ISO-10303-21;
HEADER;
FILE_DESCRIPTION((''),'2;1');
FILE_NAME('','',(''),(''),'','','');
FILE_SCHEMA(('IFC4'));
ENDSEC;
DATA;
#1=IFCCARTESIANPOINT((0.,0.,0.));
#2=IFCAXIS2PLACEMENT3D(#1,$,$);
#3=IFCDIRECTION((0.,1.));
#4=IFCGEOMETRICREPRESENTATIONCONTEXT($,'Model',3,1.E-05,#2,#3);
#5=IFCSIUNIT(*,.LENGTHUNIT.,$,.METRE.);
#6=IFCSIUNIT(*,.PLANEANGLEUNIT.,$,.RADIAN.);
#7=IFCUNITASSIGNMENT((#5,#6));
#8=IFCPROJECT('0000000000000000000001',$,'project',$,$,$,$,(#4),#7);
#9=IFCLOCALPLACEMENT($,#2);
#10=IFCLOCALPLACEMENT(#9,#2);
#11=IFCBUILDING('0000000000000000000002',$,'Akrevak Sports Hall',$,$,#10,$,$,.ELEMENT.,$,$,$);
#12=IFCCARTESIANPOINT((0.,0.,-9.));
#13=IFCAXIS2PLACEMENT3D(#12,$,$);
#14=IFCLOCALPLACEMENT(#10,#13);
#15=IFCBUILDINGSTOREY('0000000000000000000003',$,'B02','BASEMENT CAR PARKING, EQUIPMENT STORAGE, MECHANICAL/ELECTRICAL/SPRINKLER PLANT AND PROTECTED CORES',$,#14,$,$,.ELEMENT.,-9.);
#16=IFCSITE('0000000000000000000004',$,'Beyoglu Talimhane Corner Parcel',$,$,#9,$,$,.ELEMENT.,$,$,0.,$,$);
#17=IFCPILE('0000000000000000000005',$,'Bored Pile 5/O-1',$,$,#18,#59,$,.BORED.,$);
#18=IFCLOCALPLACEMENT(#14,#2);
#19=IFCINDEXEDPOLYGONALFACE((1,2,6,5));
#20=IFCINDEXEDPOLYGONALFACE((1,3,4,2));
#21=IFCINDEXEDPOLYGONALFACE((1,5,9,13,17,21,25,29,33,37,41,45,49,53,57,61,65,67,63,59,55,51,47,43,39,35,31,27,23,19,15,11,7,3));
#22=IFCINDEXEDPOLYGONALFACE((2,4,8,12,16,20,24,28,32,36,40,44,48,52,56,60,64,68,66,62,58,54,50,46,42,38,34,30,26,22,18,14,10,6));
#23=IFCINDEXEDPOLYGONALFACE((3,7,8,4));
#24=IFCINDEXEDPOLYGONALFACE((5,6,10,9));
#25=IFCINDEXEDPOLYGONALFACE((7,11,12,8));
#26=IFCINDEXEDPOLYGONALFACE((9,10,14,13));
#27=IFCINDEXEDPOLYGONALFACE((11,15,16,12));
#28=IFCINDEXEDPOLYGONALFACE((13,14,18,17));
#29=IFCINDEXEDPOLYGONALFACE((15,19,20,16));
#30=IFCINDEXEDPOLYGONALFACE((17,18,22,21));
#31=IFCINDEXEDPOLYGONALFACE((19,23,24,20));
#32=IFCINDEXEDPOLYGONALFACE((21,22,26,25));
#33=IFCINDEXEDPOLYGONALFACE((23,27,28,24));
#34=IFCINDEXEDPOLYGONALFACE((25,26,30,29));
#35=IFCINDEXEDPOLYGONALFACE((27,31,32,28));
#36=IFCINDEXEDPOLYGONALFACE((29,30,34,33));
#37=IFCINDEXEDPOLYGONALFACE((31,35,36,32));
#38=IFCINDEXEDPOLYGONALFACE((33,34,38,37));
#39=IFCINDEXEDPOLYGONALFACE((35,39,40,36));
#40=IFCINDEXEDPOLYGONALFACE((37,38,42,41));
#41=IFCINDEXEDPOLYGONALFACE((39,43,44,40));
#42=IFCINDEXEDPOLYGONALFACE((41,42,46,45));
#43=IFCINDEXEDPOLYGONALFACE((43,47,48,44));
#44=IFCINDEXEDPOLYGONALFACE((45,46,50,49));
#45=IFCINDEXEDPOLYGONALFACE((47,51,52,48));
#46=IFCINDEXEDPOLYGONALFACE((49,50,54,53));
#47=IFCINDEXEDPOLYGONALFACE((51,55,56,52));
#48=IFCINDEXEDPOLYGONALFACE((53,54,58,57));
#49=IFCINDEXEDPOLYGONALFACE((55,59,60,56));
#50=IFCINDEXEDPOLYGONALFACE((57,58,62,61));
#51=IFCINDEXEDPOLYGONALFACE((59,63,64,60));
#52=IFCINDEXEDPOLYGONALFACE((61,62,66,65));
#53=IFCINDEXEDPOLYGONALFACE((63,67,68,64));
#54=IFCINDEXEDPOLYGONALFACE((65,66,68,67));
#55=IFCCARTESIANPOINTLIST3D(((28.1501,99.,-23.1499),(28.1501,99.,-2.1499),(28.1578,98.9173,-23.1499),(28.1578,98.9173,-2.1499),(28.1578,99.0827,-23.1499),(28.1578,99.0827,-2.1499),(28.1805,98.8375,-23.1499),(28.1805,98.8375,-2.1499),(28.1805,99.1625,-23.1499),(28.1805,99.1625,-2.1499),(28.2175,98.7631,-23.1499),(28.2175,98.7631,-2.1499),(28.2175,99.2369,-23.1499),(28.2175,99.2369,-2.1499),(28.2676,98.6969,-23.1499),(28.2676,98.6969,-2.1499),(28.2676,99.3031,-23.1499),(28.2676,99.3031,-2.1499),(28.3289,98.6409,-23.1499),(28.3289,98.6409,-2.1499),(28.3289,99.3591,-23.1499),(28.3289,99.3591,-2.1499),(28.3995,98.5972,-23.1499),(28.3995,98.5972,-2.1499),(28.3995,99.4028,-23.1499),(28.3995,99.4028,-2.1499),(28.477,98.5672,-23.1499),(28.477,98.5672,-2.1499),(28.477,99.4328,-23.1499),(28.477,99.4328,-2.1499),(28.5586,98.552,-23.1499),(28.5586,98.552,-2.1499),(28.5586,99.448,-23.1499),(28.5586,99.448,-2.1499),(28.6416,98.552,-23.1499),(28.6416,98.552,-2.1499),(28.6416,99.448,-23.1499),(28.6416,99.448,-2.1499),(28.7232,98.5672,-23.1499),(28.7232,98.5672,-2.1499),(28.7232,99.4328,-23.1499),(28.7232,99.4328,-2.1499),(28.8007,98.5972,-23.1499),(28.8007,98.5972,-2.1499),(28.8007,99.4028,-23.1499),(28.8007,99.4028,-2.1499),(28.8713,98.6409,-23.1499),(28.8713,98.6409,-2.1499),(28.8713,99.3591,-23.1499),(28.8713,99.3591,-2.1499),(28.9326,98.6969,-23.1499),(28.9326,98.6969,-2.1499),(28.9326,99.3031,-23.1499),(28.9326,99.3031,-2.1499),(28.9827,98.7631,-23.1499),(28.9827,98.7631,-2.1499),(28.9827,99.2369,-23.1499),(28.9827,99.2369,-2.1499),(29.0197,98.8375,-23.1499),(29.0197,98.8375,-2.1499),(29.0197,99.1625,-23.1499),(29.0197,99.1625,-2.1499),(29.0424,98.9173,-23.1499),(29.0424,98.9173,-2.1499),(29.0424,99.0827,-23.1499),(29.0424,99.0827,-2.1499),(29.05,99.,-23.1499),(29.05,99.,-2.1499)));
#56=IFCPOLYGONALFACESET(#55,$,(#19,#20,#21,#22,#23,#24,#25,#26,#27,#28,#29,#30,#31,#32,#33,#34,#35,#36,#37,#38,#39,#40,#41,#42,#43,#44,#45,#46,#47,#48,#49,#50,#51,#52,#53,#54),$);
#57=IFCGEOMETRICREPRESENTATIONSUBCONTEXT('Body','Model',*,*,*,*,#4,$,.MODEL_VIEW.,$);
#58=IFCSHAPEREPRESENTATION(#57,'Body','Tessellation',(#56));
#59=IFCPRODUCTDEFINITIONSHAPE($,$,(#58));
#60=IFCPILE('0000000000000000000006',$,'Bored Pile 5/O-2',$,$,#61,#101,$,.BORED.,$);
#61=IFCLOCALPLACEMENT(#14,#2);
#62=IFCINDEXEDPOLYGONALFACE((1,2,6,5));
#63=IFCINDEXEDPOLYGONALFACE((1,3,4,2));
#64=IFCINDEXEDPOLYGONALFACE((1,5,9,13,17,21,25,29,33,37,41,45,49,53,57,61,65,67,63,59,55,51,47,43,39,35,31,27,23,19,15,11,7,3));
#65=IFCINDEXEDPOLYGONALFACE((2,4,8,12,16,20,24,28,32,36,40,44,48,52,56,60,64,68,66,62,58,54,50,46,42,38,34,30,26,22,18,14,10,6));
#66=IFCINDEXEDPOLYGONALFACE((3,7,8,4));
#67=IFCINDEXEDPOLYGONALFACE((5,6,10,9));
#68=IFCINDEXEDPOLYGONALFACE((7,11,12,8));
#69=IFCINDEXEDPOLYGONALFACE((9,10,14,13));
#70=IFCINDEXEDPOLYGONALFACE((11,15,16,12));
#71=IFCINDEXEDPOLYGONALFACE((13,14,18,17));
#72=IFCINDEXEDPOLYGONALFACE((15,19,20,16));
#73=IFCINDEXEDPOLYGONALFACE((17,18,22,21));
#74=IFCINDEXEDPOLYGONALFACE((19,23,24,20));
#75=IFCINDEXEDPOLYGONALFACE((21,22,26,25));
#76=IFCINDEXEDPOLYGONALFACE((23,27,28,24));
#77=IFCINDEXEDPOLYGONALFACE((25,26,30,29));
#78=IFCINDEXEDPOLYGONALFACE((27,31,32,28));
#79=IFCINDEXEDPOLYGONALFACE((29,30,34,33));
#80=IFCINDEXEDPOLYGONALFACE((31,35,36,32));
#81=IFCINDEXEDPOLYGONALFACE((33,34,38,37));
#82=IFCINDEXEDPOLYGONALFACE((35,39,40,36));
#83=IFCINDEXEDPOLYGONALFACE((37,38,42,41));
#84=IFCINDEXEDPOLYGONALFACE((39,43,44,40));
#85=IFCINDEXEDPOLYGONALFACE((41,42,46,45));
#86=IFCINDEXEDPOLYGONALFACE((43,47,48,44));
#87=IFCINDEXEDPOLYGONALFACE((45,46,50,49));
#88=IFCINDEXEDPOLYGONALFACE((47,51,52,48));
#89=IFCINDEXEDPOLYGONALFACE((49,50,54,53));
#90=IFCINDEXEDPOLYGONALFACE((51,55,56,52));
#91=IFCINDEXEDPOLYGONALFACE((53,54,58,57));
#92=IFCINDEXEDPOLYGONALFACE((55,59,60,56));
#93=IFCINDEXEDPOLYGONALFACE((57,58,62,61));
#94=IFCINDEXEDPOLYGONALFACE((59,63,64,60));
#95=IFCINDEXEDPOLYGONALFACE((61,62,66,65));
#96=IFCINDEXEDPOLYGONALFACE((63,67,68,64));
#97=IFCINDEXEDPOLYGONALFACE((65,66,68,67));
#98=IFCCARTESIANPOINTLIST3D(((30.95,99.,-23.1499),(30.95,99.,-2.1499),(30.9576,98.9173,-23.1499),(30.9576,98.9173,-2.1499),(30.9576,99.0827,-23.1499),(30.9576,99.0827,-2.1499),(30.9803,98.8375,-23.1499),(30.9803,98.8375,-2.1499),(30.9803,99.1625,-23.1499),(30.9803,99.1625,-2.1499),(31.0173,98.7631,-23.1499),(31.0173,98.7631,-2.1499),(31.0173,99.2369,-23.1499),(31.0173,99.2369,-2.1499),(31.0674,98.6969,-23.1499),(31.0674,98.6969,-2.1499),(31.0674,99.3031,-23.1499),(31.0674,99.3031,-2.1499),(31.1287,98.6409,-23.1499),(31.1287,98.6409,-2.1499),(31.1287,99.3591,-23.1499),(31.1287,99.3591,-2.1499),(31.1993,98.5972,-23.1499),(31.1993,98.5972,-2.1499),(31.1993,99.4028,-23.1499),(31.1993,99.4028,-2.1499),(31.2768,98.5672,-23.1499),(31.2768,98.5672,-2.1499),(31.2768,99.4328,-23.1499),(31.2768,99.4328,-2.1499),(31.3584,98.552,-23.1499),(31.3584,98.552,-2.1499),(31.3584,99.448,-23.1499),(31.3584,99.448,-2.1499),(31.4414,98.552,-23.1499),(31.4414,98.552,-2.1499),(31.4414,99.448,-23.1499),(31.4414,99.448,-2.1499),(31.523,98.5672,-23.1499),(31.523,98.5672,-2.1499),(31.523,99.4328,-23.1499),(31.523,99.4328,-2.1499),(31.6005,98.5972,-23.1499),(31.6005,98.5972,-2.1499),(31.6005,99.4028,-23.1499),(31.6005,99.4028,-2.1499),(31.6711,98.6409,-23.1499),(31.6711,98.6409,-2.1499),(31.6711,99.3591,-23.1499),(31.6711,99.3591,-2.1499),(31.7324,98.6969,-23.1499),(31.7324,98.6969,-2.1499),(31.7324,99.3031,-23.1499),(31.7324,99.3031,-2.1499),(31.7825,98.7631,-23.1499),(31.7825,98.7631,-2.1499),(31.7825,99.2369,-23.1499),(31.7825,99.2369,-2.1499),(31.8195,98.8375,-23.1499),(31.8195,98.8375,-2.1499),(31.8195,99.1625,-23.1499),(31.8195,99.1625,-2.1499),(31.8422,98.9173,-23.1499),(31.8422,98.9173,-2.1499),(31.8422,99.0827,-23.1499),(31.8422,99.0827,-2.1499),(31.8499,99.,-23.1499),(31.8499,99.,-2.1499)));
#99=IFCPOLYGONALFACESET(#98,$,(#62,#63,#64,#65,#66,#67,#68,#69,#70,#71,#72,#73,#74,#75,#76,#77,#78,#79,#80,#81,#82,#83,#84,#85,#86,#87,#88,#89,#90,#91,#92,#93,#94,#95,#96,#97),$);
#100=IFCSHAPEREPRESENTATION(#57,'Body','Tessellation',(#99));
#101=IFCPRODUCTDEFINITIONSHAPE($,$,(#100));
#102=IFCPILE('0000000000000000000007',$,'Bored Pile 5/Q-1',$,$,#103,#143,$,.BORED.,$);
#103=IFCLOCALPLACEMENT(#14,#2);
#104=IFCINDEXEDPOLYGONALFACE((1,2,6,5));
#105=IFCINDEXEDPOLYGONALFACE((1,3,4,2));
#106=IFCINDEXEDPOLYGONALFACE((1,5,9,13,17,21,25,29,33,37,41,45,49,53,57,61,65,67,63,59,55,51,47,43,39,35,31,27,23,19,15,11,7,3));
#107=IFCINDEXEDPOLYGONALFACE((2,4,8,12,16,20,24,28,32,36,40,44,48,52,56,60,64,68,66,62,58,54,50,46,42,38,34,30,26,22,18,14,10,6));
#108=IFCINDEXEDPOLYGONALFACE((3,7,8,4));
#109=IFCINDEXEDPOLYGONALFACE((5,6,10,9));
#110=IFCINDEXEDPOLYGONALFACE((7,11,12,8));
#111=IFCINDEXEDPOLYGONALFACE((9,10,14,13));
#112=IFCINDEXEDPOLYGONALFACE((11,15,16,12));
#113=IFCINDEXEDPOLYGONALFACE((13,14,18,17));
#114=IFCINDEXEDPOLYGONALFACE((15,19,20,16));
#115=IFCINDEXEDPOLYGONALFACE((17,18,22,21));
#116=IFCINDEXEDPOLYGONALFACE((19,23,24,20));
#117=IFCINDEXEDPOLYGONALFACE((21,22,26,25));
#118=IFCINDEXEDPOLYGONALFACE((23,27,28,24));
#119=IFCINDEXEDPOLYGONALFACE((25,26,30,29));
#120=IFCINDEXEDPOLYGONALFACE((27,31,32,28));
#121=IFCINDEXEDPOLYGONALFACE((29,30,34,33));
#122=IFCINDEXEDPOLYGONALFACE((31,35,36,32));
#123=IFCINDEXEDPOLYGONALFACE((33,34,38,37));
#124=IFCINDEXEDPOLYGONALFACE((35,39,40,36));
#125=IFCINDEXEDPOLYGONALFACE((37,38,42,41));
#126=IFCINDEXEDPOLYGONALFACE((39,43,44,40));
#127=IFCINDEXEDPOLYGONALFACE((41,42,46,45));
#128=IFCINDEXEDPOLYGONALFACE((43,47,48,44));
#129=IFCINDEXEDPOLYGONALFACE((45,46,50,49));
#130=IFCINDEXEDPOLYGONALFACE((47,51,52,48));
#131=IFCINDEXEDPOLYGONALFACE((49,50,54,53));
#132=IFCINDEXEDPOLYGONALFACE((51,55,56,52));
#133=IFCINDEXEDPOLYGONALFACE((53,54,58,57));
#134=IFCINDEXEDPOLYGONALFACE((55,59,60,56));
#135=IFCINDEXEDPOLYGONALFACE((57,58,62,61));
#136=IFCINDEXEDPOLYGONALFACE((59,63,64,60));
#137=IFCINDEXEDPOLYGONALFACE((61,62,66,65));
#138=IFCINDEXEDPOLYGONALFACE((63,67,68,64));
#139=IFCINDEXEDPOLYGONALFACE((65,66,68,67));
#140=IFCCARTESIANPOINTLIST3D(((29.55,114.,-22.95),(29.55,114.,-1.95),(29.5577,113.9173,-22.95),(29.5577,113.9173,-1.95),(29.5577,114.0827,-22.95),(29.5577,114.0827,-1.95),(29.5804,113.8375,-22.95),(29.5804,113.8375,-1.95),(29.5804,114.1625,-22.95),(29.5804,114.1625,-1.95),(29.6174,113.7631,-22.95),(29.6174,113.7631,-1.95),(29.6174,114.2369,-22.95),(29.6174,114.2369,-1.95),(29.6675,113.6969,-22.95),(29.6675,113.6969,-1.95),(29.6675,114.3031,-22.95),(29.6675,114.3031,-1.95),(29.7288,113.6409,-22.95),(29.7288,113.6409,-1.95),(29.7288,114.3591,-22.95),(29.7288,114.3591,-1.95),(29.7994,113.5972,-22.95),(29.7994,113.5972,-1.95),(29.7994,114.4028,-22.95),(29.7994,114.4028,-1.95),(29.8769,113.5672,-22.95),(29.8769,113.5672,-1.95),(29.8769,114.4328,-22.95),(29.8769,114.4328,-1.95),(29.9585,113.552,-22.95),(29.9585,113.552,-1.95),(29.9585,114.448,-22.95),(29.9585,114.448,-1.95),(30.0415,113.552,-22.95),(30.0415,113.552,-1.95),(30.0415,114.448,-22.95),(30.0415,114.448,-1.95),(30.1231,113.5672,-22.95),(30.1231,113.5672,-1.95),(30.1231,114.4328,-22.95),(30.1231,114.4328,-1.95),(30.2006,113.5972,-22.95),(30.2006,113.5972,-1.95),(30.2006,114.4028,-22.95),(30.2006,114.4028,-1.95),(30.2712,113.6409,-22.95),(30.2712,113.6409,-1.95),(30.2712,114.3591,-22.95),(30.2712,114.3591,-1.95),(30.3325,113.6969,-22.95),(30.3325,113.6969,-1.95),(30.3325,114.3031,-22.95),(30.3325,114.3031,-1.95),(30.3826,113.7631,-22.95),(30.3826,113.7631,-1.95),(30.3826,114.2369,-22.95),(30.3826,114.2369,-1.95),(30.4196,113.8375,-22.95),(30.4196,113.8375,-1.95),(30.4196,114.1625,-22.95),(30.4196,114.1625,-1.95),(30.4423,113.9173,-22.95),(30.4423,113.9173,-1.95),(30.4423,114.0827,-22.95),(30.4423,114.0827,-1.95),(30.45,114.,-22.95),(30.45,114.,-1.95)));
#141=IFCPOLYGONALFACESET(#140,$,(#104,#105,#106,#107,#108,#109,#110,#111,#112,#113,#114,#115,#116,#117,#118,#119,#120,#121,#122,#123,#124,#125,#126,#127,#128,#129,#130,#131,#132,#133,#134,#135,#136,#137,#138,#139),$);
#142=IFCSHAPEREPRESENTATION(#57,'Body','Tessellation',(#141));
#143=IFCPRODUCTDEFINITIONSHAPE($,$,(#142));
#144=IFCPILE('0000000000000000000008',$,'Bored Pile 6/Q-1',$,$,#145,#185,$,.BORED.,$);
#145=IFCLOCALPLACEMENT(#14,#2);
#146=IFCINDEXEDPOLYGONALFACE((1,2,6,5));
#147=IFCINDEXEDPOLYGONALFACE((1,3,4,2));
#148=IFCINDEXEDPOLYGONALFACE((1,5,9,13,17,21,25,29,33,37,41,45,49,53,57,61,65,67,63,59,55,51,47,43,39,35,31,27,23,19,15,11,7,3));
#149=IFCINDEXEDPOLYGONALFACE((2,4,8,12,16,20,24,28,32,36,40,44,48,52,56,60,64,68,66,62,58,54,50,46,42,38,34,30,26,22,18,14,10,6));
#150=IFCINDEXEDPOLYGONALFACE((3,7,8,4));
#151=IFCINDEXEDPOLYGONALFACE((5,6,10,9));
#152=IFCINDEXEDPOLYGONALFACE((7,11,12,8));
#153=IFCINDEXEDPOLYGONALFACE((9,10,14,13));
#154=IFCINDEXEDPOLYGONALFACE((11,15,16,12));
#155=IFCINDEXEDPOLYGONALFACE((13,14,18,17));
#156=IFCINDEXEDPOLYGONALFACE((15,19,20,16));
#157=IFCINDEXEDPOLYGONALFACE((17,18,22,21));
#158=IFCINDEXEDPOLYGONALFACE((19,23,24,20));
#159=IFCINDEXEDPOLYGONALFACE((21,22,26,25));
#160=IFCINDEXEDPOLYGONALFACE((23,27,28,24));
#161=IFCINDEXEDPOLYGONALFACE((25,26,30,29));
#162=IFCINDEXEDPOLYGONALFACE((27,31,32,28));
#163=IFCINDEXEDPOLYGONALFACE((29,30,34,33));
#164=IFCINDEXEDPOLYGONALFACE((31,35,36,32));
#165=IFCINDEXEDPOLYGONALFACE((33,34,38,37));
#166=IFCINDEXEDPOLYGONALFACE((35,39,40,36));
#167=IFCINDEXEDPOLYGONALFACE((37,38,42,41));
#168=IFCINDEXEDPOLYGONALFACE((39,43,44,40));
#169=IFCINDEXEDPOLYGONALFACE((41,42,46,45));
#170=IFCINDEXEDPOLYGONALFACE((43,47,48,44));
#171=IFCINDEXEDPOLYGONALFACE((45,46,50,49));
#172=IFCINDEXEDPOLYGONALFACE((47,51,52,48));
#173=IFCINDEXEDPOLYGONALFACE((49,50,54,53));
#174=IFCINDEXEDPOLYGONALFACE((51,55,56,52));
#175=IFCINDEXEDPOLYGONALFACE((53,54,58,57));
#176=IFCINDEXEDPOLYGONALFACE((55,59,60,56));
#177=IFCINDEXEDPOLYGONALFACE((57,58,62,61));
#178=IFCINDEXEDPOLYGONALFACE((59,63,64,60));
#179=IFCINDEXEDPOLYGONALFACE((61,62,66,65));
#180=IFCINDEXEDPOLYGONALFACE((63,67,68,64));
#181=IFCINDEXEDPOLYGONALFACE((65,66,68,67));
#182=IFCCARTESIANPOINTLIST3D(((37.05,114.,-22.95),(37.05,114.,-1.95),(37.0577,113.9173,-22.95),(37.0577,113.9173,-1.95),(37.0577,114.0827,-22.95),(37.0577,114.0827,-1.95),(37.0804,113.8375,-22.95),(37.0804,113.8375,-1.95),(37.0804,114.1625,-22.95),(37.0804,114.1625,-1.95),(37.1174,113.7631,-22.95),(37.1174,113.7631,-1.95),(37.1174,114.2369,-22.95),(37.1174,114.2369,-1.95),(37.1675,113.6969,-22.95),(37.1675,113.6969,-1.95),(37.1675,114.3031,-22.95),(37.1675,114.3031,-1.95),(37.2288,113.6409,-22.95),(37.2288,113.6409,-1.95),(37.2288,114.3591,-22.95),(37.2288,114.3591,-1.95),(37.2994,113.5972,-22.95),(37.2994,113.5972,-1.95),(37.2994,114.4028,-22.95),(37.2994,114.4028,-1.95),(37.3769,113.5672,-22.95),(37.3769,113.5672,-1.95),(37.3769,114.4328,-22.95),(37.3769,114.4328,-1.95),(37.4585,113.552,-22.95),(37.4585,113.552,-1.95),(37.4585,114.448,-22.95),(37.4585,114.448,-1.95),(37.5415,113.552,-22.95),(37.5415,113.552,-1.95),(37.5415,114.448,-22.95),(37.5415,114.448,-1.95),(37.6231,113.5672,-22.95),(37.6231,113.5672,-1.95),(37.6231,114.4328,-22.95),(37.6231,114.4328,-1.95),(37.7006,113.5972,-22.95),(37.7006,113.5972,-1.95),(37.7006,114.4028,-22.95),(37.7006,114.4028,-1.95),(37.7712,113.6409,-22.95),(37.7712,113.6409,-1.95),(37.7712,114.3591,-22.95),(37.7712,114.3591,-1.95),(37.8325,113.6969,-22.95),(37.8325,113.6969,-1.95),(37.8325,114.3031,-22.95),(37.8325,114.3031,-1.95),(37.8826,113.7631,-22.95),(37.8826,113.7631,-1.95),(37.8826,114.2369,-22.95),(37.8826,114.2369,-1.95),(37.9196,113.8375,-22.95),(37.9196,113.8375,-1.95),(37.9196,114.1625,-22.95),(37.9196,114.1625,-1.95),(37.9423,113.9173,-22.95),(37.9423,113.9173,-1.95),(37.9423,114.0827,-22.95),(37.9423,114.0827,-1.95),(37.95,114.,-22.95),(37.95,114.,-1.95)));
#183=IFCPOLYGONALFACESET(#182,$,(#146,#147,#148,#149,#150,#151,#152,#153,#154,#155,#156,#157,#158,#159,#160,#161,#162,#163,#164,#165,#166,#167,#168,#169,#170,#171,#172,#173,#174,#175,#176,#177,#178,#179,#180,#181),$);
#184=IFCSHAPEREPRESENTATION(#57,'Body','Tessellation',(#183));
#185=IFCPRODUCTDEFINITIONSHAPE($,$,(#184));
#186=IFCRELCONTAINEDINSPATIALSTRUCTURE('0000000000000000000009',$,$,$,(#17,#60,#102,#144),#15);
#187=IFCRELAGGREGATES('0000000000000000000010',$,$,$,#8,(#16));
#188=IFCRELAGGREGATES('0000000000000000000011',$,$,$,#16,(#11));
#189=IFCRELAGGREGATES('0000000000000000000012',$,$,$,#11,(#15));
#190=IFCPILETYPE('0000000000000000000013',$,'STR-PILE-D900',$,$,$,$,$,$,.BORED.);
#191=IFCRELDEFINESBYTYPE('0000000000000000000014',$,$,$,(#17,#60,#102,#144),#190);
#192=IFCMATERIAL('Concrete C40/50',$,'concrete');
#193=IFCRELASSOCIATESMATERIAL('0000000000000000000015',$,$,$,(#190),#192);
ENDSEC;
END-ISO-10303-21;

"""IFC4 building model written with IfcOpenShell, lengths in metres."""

from ifc_helpers import new_model, si_unit, direction, frame, origin, origin_2d, place, context, subcontext, project, spatial, circle, extrude, material, material_profile, profile_set, type_object, element, save


model = new_model("IFC4")

# Units and contexts
model_context = context("Model", 3, precision=1e-05, world=origin(), true_north=direction((0.0, 1.0)))
body_context = subcontext(model_context, "Body", "Model", "MODEL_VIEW")
ifc_project = project(units=[si_unit("LENGTHUNIT", "METRE"), si_unit("PLANEANGLEUNIT", "RADIAN")], contexts=[model_context])

# Site, building, storey
site_placement = place(None, origin())
site = spatial("IfcSite", under=ifc_project, at=site_placement, Name="Beyoglu Talimhane Corner Parcel", CompositionType="ELEMENT", RefElevation=0.0)
building_placement = place(site_placement, origin())
building = spatial("IfcBuilding", under=site, at=building_placement, Name="Akrevak Sports Hall", CompositionType="ELEMENT")
storey_placement = place(building_placement, frame((0.0, 0.0, -9.0)))
storey = spatial("IfcBuildingStorey", under=building, at=storey_placement, Name="B02", Description="BASEMENT CAR PARKING, EQUIPMENT STORAGE, MECHANICAL/ELECTRICAL/SPRINKLER PLANT AND PROTECTED CORES", CompositionType="ELEMENT", Elevation=-9.0)

# Shared definitions
ifc_material_1 = material(Name="Concrete C40/50", Category="concrete")

# Piles
ifc_material_profile_1 = material_profile(ifc_material_1, circle(Radius=0.45, at=origin_2d()), Name="BORED PILE D900", Category="concrete")
ifc_profile_set_1 = profile_set([ifc_material_profile_1], Name="Concrete C40/50")
pile_type_1 = type_object("IfcPileType", Name="STR-PILE-D900", PredefinedType="BORED", material=ifc_profile_set_1)
for number, where, z_axis, x_axis, name in (
    (1, (28.6001, 99.0, -2.1499), (0.0, 0.0, -1.0), (1.0, 0.0, 0.0), "Bored Pile 5/O-1"),
    (2, (31.3999, 99.0, -2.1499), (0.0, 0.0, -1.0), (1.0, 0.0, 0.0), "Bored Pile 5/O-2"),
    (3, (30.0, 114.0, -1.95), (0.0, 0.0, -1.0), (1.0, 0.0, 0.0), "Bored Pile 5/Q-1"),
    (4, (37.5, 114.0, -1.95), (0.0, 0.0, -1.0), (1.0, 0.0, 0.0), "Bored Pile 6/Q-1"),
):
    element("IfcPile", number, at=place(storey_placement, frame(where, z_axis=z_axis, x_axis=x_axis)), inside=storey, type_object=pile_type_1, Name=name, PredefinedType="BORED", context=body_context, shape_type="SweptSolid", body=[
        extrude(circle(Radius=0.45, at=origin_2d()), origin(), (0.0, 0.0, 1.0), 21.0),
    ])

save(model, "model.ifc")
